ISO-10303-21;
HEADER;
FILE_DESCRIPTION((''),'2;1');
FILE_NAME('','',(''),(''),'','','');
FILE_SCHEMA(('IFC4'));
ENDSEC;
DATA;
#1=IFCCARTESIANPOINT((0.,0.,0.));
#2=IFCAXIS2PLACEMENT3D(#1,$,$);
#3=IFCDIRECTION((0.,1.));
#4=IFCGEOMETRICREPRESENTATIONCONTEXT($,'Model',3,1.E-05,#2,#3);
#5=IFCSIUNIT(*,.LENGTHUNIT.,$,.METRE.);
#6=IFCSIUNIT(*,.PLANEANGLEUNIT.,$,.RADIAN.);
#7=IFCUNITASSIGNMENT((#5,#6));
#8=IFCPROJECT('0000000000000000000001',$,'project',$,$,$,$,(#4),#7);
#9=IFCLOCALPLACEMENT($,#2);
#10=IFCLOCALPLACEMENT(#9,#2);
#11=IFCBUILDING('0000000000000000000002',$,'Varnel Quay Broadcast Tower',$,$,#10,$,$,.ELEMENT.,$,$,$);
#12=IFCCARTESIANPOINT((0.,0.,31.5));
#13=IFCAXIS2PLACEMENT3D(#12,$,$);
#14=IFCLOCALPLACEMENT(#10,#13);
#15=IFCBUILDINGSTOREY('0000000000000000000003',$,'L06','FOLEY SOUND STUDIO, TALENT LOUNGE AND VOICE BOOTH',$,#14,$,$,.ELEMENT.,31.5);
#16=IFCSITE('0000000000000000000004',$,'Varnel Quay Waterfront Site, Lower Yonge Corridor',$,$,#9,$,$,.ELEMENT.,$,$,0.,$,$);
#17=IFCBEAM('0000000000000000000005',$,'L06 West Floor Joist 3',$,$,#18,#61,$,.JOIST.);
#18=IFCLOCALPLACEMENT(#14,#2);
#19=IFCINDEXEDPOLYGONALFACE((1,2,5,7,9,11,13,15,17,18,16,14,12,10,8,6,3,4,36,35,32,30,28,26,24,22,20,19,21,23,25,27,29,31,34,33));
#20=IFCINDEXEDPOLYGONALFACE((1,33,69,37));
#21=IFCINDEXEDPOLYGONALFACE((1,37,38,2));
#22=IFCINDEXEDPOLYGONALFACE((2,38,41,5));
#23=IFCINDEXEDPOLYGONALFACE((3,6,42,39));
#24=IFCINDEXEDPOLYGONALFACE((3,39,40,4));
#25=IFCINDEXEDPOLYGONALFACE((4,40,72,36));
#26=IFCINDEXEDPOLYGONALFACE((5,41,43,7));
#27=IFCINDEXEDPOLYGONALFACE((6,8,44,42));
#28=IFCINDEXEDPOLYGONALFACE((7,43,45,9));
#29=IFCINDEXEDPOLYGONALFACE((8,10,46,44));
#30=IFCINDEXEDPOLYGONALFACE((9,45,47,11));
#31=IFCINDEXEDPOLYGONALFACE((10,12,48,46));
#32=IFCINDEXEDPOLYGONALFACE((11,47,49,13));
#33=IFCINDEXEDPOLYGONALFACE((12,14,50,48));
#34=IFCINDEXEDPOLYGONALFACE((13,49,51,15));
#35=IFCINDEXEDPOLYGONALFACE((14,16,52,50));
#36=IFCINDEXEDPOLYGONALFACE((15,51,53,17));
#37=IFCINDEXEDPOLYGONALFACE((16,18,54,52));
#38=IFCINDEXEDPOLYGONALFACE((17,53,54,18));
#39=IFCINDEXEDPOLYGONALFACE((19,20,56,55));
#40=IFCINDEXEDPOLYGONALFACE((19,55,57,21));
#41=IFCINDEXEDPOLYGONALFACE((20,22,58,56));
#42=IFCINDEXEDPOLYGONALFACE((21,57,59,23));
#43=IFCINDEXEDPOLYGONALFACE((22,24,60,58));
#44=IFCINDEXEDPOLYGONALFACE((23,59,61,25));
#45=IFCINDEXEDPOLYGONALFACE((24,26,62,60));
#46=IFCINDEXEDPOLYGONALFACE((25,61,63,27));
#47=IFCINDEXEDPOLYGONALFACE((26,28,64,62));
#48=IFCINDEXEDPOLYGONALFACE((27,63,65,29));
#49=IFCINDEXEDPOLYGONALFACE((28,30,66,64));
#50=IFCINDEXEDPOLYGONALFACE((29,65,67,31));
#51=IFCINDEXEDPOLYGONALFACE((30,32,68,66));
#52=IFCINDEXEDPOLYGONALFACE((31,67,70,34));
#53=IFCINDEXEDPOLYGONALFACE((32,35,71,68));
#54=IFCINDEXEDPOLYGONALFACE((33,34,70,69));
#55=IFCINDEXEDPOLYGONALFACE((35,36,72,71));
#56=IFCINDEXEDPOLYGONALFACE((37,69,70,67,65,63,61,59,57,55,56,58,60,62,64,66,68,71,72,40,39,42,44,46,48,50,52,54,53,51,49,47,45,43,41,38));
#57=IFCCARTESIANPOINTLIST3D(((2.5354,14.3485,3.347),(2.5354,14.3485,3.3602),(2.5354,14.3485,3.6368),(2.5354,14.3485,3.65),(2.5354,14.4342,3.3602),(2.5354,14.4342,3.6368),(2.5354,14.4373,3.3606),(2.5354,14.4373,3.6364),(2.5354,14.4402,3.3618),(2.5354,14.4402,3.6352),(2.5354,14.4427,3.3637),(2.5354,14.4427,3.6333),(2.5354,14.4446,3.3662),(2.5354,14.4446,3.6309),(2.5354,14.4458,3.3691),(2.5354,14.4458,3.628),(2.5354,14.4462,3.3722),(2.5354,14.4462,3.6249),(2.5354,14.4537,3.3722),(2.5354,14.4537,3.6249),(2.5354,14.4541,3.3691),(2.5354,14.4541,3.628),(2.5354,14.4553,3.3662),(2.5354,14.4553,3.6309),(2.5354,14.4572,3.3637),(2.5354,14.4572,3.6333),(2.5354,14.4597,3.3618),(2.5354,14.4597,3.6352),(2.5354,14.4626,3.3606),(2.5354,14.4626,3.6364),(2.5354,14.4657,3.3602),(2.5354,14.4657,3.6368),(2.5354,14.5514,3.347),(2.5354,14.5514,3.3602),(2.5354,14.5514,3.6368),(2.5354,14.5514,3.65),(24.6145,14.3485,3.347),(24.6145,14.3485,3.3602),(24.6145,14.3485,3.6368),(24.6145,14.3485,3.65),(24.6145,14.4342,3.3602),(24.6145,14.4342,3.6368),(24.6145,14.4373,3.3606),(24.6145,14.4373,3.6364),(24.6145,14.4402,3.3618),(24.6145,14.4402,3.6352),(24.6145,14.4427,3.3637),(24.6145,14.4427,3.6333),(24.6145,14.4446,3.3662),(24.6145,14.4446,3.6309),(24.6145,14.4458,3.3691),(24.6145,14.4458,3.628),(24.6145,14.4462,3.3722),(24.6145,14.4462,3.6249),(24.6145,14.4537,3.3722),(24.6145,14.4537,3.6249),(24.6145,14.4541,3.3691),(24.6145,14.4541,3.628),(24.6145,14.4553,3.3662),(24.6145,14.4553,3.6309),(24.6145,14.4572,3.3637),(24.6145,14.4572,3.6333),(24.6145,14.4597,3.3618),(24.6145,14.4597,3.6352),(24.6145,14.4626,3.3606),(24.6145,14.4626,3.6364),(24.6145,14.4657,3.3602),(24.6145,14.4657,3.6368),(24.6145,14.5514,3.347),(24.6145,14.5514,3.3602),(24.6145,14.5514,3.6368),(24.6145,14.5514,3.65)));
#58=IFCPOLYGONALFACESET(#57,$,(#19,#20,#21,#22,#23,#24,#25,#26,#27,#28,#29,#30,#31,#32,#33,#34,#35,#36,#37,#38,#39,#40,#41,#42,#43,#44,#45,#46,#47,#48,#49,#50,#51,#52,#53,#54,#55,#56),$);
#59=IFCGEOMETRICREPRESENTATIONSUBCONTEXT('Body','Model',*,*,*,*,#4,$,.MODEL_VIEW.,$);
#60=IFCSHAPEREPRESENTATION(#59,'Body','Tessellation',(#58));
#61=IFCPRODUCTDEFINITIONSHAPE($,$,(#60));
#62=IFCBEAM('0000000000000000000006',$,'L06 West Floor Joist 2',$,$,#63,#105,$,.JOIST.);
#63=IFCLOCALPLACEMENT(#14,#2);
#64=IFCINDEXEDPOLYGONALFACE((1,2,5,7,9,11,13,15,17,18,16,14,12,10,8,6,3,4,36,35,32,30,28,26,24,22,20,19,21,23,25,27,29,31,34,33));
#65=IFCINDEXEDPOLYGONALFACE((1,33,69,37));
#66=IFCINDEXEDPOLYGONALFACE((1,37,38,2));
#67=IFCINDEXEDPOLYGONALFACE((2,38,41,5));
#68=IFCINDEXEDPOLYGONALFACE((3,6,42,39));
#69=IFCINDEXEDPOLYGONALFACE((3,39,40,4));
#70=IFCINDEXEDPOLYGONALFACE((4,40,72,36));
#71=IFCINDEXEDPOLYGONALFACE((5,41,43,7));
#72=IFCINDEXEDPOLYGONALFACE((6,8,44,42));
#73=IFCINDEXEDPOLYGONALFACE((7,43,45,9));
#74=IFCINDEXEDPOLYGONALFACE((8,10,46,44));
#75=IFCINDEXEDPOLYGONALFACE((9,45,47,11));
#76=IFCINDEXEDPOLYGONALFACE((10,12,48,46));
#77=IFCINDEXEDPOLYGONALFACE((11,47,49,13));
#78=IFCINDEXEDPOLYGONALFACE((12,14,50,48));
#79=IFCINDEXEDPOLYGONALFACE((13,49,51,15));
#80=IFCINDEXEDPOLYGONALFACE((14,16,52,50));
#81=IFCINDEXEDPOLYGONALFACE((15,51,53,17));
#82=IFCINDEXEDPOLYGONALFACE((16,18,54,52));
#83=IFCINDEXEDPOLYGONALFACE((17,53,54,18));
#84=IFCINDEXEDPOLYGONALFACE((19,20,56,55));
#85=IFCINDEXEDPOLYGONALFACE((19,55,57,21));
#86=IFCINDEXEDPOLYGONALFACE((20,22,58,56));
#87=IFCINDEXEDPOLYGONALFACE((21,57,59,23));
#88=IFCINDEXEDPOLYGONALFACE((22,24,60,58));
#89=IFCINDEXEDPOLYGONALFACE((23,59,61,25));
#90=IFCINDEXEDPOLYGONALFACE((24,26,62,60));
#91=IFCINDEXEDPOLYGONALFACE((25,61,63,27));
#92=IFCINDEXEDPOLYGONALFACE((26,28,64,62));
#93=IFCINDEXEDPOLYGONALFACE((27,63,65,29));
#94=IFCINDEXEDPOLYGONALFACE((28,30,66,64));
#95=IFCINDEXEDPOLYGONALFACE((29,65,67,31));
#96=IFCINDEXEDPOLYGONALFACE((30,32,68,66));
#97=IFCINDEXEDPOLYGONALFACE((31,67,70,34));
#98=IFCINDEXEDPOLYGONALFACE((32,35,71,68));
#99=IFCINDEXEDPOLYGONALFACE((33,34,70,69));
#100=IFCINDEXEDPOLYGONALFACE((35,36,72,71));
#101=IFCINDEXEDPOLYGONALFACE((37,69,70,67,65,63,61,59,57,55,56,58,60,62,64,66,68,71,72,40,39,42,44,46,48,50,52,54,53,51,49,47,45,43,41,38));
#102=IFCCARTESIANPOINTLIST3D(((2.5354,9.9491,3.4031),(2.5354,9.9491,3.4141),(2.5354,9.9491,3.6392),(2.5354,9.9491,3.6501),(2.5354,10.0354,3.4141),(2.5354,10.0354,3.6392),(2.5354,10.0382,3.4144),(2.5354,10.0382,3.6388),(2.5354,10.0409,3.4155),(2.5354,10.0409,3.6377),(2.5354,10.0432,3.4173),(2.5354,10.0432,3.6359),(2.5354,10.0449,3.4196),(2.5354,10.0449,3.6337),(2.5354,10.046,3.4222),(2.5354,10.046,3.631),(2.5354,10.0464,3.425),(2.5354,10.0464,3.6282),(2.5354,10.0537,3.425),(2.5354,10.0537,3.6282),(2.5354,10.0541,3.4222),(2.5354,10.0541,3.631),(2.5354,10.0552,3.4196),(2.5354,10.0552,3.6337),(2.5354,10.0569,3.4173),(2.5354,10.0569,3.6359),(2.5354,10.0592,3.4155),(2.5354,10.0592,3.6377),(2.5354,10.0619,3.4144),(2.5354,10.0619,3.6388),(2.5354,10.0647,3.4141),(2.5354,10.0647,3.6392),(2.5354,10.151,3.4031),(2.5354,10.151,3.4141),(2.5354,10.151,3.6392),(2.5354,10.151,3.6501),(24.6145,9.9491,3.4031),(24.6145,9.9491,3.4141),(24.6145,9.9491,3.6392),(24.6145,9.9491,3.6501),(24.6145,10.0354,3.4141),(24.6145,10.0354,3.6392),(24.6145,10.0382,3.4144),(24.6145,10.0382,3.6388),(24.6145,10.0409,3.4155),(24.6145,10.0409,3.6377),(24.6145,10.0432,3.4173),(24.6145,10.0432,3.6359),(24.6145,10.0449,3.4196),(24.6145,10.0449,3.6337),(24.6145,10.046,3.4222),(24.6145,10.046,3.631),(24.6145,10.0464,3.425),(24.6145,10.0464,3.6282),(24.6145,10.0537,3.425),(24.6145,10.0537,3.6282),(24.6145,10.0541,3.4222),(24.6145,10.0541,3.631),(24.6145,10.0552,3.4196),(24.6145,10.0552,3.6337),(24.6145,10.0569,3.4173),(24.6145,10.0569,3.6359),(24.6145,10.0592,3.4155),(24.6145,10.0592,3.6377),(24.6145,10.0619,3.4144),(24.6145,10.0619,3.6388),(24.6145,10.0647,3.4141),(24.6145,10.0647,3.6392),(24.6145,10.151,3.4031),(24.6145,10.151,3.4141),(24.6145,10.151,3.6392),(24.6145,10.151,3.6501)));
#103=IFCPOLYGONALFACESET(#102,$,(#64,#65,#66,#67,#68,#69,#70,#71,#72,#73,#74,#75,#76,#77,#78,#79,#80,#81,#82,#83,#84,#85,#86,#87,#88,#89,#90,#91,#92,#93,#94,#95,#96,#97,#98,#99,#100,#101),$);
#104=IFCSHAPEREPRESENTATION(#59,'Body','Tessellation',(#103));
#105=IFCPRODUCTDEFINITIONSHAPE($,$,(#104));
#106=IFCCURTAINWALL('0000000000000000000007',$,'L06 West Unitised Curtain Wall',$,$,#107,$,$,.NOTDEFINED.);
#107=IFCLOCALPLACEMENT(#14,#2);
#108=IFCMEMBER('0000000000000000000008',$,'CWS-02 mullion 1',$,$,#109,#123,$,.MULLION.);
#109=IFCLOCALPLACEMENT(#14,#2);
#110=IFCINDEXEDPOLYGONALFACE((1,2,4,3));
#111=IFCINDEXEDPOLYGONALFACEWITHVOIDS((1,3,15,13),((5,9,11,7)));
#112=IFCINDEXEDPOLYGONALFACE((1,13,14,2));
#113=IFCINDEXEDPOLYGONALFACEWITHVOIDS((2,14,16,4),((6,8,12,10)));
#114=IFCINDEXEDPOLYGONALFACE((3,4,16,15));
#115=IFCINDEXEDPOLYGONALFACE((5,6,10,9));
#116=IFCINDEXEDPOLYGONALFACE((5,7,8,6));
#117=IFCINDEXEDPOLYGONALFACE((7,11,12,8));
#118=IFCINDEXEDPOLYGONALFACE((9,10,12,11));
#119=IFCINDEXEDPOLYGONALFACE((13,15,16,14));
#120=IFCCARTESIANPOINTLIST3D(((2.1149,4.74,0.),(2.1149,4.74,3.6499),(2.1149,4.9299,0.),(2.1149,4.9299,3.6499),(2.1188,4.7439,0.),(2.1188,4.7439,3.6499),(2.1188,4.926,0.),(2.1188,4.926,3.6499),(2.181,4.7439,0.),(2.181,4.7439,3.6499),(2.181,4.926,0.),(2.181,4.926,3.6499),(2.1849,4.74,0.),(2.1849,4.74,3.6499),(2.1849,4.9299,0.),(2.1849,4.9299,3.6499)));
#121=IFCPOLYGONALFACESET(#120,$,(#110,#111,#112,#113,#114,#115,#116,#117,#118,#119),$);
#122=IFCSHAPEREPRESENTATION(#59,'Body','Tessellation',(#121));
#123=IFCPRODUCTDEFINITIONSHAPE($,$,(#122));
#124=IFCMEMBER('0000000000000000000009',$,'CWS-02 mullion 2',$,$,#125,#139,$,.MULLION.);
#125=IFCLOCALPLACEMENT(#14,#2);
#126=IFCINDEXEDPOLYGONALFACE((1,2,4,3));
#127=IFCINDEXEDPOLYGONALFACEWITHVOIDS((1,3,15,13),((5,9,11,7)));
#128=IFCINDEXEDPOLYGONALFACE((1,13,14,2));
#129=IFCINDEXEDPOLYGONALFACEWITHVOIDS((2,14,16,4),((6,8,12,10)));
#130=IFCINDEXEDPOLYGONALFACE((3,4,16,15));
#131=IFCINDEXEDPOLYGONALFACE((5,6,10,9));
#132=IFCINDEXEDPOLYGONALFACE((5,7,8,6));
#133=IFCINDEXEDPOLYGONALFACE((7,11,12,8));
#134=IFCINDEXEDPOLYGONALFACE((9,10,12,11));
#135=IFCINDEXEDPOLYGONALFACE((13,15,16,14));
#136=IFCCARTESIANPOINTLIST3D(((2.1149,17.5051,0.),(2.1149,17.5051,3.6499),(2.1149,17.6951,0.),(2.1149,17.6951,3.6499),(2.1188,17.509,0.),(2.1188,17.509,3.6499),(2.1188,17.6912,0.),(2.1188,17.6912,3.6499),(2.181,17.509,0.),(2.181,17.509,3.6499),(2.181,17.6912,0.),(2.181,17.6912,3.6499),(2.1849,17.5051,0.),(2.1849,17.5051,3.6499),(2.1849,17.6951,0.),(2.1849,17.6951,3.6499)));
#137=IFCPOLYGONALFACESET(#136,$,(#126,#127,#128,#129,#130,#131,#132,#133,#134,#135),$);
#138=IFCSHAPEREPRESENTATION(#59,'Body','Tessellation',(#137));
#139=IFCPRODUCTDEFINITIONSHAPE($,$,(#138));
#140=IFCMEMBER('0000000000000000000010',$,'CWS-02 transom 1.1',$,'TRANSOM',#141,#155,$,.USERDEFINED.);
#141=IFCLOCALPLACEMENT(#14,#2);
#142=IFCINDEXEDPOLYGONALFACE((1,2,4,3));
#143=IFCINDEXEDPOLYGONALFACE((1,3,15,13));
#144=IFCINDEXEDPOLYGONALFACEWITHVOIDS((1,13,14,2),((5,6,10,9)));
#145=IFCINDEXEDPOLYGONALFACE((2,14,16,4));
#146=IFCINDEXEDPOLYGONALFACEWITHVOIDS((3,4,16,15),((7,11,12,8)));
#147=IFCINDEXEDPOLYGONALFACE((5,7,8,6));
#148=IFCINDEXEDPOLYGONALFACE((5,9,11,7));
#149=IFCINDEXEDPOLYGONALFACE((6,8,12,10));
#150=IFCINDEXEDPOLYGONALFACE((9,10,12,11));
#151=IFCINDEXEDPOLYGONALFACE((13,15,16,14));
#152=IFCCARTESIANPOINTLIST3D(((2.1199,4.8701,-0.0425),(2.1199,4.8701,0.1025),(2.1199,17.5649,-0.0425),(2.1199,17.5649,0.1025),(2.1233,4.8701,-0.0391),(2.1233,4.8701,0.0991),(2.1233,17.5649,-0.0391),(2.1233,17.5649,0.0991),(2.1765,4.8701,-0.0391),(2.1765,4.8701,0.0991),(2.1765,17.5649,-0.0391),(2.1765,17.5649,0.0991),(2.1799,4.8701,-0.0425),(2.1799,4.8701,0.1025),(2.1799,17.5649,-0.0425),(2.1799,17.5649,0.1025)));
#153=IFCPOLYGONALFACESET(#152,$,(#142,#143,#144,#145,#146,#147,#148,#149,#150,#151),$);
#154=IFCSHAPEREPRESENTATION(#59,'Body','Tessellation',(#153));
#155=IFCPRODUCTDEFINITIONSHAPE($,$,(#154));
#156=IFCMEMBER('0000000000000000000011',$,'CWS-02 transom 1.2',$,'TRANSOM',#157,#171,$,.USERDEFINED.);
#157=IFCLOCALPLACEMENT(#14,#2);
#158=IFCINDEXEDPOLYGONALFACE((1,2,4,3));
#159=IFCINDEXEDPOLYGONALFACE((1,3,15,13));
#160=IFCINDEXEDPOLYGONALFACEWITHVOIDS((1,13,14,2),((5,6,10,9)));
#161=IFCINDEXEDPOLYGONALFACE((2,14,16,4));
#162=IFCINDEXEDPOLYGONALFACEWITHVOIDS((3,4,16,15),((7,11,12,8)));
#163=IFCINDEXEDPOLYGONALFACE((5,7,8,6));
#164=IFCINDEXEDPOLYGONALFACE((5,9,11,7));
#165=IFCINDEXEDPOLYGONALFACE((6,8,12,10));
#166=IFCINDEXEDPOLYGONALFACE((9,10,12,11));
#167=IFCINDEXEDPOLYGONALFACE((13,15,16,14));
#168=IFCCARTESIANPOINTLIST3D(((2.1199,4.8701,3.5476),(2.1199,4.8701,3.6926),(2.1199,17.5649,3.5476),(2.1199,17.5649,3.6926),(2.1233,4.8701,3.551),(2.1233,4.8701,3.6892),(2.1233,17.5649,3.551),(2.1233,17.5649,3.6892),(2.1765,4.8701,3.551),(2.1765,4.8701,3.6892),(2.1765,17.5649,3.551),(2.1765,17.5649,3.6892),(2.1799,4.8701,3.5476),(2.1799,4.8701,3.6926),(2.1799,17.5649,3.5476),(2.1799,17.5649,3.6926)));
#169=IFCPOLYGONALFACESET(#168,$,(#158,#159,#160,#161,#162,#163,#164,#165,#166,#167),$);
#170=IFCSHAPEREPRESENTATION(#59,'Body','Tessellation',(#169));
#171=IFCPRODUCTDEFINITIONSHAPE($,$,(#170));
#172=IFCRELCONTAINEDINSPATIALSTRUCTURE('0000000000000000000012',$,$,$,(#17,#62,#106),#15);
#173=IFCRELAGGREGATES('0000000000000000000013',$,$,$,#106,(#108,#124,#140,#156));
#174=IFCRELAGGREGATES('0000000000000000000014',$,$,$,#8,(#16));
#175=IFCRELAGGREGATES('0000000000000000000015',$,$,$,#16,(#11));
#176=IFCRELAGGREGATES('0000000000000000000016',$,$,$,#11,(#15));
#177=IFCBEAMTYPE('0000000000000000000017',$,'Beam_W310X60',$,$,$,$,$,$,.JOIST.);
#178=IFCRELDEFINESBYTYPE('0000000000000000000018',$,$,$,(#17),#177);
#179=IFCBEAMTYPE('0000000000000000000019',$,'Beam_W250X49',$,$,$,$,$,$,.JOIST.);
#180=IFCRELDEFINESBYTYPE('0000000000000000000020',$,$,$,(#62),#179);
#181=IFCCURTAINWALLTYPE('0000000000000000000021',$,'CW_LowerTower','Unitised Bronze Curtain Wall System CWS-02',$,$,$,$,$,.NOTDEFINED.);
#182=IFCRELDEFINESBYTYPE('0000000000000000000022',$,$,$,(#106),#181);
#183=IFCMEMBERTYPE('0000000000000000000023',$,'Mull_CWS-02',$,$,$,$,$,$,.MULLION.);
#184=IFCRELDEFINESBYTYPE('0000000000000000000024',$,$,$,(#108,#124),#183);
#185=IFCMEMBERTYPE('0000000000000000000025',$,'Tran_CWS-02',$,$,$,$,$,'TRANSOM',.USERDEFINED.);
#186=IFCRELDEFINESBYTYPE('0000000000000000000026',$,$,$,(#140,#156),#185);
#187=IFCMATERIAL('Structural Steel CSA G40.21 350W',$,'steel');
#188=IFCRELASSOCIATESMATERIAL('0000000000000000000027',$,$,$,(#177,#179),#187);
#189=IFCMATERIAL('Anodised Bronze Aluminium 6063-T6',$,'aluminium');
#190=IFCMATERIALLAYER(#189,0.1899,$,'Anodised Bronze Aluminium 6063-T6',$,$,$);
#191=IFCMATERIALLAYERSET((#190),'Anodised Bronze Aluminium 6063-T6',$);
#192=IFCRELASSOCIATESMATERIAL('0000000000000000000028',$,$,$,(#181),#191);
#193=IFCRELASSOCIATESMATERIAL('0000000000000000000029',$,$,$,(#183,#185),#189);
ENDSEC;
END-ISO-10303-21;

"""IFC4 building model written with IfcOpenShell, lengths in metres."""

from ifc_helpers import new_model, si_unit, direction, frame, origin, origin_2d, place, context, subcontext, project, spatial, hollow_rectangle, i_section, extrude, source, transform, mapped, material, layer, layer_set, material_profile, profile_set, type_object, type_shapes, element, aggregate, save


model = new_model("IFC4")

# Units and contexts
model_context = context("Model", 3, precision=1e-05, world=origin(), true_north=direction((0.0, 1.0)))
body_context = subcontext(model_context, "Body", "Model", "MODEL_VIEW")
ifc_project = project(units=[si_unit("LENGTHUNIT", "METRE"), si_unit("PLANEANGLEUNIT", "RADIAN")], contexts=[model_context])

# Site, building, storey
site_placement = place(None, origin())
site = spatial("IfcSite", under=ifc_project, at=site_placement, Name="Varnel Quay Waterfront Site, Lower Yonge Corridor", CompositionType="ELEMENT", RefElevation=0.0)
building_placement = place(site_placement, origin())
building = spatial("IfcBuilding", under=site, at=building_placement, Name="Varnel Quay Broadcast Tower", CompositionType="ELEMENT")
storey_placement = place(building_placement, frame((0.0, 0.0, 31.5)))
storey = spatial("IfcBuildingStorey", under=building, at=storey_placement, Name="L06", Description="FOLEY SOUND STUDIO, TALENT LOUNGE AND VOICE BOOTH", CompositionType="ELEMENT", Elevation=31.5)

# Shared definitions
ifc_material_1 = material(Name="Structural Steel CSA G40.21 350W", Category="steel")

# Beams
ifc_material_profile_1 = material_profile(ifc_material_1, i_section(OverallWidth=0.2029, OverallDepth=0.303, WebThickness=0.0076, FlangeThickness=0.0132, FilletRadius=0.012, at=origin_2d()), Name="W310X60")
ifc_profile_set_1 = profile_set([ifc_material_profile_1], Name="Structural Steel CSA G40.21 350W")
beam_type_1 = type_object("IfcBeamType", Name="Beam_W310X60", PredefinedType="JOIST", material=ifc_profile_set_1)
shared_shape_1 = source(origin(), body_context, "Body", "SweptSolid", [
    extrude(i_section(OverallWidth=0.2029, OverallDepth=0.303, WebThickness=0.0076, FlangeThickness=0.0132, FilletRadius=0.012, at=origin_2d()), origin(), (0.0, 0.0, 1.0), 22.0791),
])
type_shapes(beam_type_1, [shared_shape_1])
for number, where, z_axis, x_axis, name in (
    (1, (2.5354, 14.45, 3.4985), (1.0, 0.0, 0.0), (0.0, 1.0, 0.0), "L06 West Floor Joist 3"),
):
    element("IfcBeam", number, at=place(storey_placement, frame(where, z_axis=z_axis, x_axis=x_axis)), inside=storey, type_object=beam_type_1, Name=name, PredefinedType="JOIST", context=body_context, shape_type="MappedRepresentation", body=[
        mapped(shared_shape_1, transform((0.0, 0.0, 0.0), x_axis=(1.0, 0.0, 0.0), y_axis=(0.0, 1.0, 0.0), z_axis=(0.0, 0.0, 1.0), scale=1.0)),
    ])
ifc_material_profile_2 = material_profile(ifc_material_1, i_section(OverallWidth=0.2019, OverallDepth=0.2471, WebThickness=0.0073, FlangeThickness=0.011, FilletRadius=0.011, at=origin_2d()), Name="W250X49")
ifc_profile_set_2 = profile_set([ifc_material_profile_2], Name="Structural Steel CSA G40.21 350W")
beam_type_2 = type_object("IfcBeamType", Name="Beam_W250X49", PredefinedType="JOIST", material=ifc_profile_set_2)
shared_shape_2 = source(origin(), body_context, "Body", "SweptSolid", [
    extrude(i_section(OverallWidth=0.2019, OverallDepth=0.2471, WebThickness=0.0073, FlangeThickness=0.011, FilletRadius=0.011, at=origin_2d()), origin(), (0.0, 0.0, 1.0), 22.0791),
])
type_shapes(beam_type_2, [shared_shape_2])
beam_1_placement = place(storey_placement, frame((2.5354, 10.05, 3.5266), z_axis=(1.0, 0.0, 0.0), x_axis=(0.0, 1.0, 0.0)))
element("IfcBeam", 2, at=beam_1_placement, inside=storey, type_object=beam_type_2, Name="L06 West Floor Joist 2", PredefinedType="JOIST", context=body_context, shape_type="MappedRepresentation", body=[
    mapped(shared_shape_2, transform((0.0, 0.0, 0.0), x_axis=(1.0, 0.0, 0.0), y_axis=(0.0, 1.0, 0.0), z_axis=(0.0, 0.0, 1.0), scale=1.0)),
])

# Curtain wall, members
ifc_material_2 = material(Name="Anodised Bronze Aluminium 6063-T6", Category="aluminium")
ifc_layer_1 = layer(ifc_material_2, 0.1899, Name="Anodised Bronze Aluminium 6063-T6")
ifc_layer_set_1 = layer_set([ifc_layer_1], Name="Anodised Bronze Aluminium 6063-T6")
curtain_wall_type_1 = type_object("IfcCurtainWallType", Name="CW_LowerTower", Description="Unitised Bronze Curtain Wall System CWS-02", PredefinedType="NOTDEFINED", material=ifc_layer_set_1)
curtain_wall_1_placement = place(storey_placement, origin())
curtain_wall_1 = element("IfcCurtainWall", 3, at=curtain_wall_1_placement, inside=storey, type_object=curtain_wall_type_1, Name="L06 West Unitised Curtain Wall", PredefinedType="NOTDEFINED")
ifc_material_profile_3 = material_profile(ifc_material_2, hollow_rectangle(XDim=0.0701, YDim=0.1899, WallThickness=0.0039, at=origin_2d()), Name="ALU70X190X4")
ifc_profile_set_3 = profile_set([ifc_material_profile_3], Name="Anodised Bronze Aluminium 6063-T6")
member_type_1 = type_object("IfcMemberType", Name="Mull_CWS-02", PredefinedType="MULLION", material=ifc_profile_set_3)
shared_shape_3 = source(origin(), body_context, "Body", "SweptSolid", [
    extrude(hollow_rectangle(XDim=0.0701, YDim=0.1899, WallThickness=0.0039, at=origin_2d()), origin(), (0.0, 0.0, 1.0), 3.6499),
])
type_shapes(member_type_1, [shared_shape_3])
member_1_placement = place(storey_placement, frame((2.1499, 4.835, 0.0), z_axis=(0.0, 0.0, 1.0), x_axis=(-1.0, 0.0, 0.0)))
member_1 = element("IfcMember", 4, at=member_1_placement, type_object=member_type_1, Name="CWS-02 mullion 1", PredefinedType="MULLION", context=body_context, shape_type="MappedRepresentation", body=[
    mapped(shared_shape_3, transform((0.0, 0.0, 0.0), x_axis=(1.0, 0.0, 0.0), y_axis=(0.0, 1.0, 0.0), z_axis=(0.0, 0.0, 1.0), scale=1.0)),
])
member_2_placement = place(storey_placement, frame((2.1499, 17.6001, 0.0), z_axis=(0.0, 0.0, 1.0), x_axis=(-1.0, 0.0, 0.0)))
member_2 = element("IfcMember", 5, at=member_2_placement, type_object=member_type_1, Name="CWS-02 mullion 2", PredefinedType="MULLION", context=body_context, shape_type="MappedRepresentation", body=[
    mapped(shared_shape_3, transform((0.0, 0.0, 0.0), x_axis=(1.0, 0.0, 0.0), y_axis=(0.0, 1.0, 0.0), z_axis=(0.0, 0.0, 1.0), scale=1.0)),
])
ifc_material_profile_4 = material_profile(ifc_material_2, hollow_rectangle(XDim=0.0601, YDim=0.145, WallThickness=0.0034, at=origin_2d()), Name="ALU60X145X3.5")
ifc_profile_set_4 = profile_set([ifc_material_profile_4], Name="Anodised Bronze Aluminium 6063-T6")
member_type_2 = type_object("IfcMemberType", Name="Tran_CWS-02", ElementType="TRANSOM", PredefinedType="USERDEFINED", material=ifc_profile_set_4)
shared_shape_4 = source(origin(), body_context, "Body", "SweptSolid", [
    extrude(hollow_rectangle(XDim=0.0601, YDim=0.145, WallThickness=0.0034, at=origin_2d()), origin(), (0.0, 0.0, 1.0), 12.6948),
])
member_3_placement = place(storey_placement, frame((2.1499, 4.8701, 0.03), z_axis=(0.0, 1.0, 0.0), x_axis=(-1.0, 0.0, 0.0)))
member_3 = element("IfcMember", 6, at=member_3_placement, type_object=member_type_2, Name="CWS-02 transom 1.1", ObjectType="TRANSOM", PredefinedType="USERDEFINED", context=body_context, shape_type="MappedRepresentation", body=[
    mapped(shared_shape_4, transform((0.0, 0.0, 0.0), x_axis=(1.0, 0.0, 0.0), y_axis=(0.0, 1.0, 0.0), z_axis=(0.0, 0.0, 1.0), scale=1.0)),
])
member_4_placement = place(storey_placement, frame((2.1499, 4.8701, 3.6201), z_axis=(0.0, 1.0, 0.0), x_axis=(-1.0, 0.0, 0.0)))
member_4 = element("IfcMember", 7, at=member_4_placement, type_object=member_type_2, Name="CWS-02 transom 1.2", ObjectType="TRANSOM", PredefinedType="USERDEFINED", context=body_context, shape_type="MappedRepresentation", body=[
    mapped(shared_shape_4, transform((0.0, 0.0, 0.0), x_axis=(1.0, 0.0, 0.0), y_axis=(0.0, 1.0, 0.0), z_axis=(0.0, 0.0, 1.0), scale=1.0)),
])

aggregate(curtain_wall_1, [member_1, member_2, member_3, member_4])

save(model, "model.ifc")
